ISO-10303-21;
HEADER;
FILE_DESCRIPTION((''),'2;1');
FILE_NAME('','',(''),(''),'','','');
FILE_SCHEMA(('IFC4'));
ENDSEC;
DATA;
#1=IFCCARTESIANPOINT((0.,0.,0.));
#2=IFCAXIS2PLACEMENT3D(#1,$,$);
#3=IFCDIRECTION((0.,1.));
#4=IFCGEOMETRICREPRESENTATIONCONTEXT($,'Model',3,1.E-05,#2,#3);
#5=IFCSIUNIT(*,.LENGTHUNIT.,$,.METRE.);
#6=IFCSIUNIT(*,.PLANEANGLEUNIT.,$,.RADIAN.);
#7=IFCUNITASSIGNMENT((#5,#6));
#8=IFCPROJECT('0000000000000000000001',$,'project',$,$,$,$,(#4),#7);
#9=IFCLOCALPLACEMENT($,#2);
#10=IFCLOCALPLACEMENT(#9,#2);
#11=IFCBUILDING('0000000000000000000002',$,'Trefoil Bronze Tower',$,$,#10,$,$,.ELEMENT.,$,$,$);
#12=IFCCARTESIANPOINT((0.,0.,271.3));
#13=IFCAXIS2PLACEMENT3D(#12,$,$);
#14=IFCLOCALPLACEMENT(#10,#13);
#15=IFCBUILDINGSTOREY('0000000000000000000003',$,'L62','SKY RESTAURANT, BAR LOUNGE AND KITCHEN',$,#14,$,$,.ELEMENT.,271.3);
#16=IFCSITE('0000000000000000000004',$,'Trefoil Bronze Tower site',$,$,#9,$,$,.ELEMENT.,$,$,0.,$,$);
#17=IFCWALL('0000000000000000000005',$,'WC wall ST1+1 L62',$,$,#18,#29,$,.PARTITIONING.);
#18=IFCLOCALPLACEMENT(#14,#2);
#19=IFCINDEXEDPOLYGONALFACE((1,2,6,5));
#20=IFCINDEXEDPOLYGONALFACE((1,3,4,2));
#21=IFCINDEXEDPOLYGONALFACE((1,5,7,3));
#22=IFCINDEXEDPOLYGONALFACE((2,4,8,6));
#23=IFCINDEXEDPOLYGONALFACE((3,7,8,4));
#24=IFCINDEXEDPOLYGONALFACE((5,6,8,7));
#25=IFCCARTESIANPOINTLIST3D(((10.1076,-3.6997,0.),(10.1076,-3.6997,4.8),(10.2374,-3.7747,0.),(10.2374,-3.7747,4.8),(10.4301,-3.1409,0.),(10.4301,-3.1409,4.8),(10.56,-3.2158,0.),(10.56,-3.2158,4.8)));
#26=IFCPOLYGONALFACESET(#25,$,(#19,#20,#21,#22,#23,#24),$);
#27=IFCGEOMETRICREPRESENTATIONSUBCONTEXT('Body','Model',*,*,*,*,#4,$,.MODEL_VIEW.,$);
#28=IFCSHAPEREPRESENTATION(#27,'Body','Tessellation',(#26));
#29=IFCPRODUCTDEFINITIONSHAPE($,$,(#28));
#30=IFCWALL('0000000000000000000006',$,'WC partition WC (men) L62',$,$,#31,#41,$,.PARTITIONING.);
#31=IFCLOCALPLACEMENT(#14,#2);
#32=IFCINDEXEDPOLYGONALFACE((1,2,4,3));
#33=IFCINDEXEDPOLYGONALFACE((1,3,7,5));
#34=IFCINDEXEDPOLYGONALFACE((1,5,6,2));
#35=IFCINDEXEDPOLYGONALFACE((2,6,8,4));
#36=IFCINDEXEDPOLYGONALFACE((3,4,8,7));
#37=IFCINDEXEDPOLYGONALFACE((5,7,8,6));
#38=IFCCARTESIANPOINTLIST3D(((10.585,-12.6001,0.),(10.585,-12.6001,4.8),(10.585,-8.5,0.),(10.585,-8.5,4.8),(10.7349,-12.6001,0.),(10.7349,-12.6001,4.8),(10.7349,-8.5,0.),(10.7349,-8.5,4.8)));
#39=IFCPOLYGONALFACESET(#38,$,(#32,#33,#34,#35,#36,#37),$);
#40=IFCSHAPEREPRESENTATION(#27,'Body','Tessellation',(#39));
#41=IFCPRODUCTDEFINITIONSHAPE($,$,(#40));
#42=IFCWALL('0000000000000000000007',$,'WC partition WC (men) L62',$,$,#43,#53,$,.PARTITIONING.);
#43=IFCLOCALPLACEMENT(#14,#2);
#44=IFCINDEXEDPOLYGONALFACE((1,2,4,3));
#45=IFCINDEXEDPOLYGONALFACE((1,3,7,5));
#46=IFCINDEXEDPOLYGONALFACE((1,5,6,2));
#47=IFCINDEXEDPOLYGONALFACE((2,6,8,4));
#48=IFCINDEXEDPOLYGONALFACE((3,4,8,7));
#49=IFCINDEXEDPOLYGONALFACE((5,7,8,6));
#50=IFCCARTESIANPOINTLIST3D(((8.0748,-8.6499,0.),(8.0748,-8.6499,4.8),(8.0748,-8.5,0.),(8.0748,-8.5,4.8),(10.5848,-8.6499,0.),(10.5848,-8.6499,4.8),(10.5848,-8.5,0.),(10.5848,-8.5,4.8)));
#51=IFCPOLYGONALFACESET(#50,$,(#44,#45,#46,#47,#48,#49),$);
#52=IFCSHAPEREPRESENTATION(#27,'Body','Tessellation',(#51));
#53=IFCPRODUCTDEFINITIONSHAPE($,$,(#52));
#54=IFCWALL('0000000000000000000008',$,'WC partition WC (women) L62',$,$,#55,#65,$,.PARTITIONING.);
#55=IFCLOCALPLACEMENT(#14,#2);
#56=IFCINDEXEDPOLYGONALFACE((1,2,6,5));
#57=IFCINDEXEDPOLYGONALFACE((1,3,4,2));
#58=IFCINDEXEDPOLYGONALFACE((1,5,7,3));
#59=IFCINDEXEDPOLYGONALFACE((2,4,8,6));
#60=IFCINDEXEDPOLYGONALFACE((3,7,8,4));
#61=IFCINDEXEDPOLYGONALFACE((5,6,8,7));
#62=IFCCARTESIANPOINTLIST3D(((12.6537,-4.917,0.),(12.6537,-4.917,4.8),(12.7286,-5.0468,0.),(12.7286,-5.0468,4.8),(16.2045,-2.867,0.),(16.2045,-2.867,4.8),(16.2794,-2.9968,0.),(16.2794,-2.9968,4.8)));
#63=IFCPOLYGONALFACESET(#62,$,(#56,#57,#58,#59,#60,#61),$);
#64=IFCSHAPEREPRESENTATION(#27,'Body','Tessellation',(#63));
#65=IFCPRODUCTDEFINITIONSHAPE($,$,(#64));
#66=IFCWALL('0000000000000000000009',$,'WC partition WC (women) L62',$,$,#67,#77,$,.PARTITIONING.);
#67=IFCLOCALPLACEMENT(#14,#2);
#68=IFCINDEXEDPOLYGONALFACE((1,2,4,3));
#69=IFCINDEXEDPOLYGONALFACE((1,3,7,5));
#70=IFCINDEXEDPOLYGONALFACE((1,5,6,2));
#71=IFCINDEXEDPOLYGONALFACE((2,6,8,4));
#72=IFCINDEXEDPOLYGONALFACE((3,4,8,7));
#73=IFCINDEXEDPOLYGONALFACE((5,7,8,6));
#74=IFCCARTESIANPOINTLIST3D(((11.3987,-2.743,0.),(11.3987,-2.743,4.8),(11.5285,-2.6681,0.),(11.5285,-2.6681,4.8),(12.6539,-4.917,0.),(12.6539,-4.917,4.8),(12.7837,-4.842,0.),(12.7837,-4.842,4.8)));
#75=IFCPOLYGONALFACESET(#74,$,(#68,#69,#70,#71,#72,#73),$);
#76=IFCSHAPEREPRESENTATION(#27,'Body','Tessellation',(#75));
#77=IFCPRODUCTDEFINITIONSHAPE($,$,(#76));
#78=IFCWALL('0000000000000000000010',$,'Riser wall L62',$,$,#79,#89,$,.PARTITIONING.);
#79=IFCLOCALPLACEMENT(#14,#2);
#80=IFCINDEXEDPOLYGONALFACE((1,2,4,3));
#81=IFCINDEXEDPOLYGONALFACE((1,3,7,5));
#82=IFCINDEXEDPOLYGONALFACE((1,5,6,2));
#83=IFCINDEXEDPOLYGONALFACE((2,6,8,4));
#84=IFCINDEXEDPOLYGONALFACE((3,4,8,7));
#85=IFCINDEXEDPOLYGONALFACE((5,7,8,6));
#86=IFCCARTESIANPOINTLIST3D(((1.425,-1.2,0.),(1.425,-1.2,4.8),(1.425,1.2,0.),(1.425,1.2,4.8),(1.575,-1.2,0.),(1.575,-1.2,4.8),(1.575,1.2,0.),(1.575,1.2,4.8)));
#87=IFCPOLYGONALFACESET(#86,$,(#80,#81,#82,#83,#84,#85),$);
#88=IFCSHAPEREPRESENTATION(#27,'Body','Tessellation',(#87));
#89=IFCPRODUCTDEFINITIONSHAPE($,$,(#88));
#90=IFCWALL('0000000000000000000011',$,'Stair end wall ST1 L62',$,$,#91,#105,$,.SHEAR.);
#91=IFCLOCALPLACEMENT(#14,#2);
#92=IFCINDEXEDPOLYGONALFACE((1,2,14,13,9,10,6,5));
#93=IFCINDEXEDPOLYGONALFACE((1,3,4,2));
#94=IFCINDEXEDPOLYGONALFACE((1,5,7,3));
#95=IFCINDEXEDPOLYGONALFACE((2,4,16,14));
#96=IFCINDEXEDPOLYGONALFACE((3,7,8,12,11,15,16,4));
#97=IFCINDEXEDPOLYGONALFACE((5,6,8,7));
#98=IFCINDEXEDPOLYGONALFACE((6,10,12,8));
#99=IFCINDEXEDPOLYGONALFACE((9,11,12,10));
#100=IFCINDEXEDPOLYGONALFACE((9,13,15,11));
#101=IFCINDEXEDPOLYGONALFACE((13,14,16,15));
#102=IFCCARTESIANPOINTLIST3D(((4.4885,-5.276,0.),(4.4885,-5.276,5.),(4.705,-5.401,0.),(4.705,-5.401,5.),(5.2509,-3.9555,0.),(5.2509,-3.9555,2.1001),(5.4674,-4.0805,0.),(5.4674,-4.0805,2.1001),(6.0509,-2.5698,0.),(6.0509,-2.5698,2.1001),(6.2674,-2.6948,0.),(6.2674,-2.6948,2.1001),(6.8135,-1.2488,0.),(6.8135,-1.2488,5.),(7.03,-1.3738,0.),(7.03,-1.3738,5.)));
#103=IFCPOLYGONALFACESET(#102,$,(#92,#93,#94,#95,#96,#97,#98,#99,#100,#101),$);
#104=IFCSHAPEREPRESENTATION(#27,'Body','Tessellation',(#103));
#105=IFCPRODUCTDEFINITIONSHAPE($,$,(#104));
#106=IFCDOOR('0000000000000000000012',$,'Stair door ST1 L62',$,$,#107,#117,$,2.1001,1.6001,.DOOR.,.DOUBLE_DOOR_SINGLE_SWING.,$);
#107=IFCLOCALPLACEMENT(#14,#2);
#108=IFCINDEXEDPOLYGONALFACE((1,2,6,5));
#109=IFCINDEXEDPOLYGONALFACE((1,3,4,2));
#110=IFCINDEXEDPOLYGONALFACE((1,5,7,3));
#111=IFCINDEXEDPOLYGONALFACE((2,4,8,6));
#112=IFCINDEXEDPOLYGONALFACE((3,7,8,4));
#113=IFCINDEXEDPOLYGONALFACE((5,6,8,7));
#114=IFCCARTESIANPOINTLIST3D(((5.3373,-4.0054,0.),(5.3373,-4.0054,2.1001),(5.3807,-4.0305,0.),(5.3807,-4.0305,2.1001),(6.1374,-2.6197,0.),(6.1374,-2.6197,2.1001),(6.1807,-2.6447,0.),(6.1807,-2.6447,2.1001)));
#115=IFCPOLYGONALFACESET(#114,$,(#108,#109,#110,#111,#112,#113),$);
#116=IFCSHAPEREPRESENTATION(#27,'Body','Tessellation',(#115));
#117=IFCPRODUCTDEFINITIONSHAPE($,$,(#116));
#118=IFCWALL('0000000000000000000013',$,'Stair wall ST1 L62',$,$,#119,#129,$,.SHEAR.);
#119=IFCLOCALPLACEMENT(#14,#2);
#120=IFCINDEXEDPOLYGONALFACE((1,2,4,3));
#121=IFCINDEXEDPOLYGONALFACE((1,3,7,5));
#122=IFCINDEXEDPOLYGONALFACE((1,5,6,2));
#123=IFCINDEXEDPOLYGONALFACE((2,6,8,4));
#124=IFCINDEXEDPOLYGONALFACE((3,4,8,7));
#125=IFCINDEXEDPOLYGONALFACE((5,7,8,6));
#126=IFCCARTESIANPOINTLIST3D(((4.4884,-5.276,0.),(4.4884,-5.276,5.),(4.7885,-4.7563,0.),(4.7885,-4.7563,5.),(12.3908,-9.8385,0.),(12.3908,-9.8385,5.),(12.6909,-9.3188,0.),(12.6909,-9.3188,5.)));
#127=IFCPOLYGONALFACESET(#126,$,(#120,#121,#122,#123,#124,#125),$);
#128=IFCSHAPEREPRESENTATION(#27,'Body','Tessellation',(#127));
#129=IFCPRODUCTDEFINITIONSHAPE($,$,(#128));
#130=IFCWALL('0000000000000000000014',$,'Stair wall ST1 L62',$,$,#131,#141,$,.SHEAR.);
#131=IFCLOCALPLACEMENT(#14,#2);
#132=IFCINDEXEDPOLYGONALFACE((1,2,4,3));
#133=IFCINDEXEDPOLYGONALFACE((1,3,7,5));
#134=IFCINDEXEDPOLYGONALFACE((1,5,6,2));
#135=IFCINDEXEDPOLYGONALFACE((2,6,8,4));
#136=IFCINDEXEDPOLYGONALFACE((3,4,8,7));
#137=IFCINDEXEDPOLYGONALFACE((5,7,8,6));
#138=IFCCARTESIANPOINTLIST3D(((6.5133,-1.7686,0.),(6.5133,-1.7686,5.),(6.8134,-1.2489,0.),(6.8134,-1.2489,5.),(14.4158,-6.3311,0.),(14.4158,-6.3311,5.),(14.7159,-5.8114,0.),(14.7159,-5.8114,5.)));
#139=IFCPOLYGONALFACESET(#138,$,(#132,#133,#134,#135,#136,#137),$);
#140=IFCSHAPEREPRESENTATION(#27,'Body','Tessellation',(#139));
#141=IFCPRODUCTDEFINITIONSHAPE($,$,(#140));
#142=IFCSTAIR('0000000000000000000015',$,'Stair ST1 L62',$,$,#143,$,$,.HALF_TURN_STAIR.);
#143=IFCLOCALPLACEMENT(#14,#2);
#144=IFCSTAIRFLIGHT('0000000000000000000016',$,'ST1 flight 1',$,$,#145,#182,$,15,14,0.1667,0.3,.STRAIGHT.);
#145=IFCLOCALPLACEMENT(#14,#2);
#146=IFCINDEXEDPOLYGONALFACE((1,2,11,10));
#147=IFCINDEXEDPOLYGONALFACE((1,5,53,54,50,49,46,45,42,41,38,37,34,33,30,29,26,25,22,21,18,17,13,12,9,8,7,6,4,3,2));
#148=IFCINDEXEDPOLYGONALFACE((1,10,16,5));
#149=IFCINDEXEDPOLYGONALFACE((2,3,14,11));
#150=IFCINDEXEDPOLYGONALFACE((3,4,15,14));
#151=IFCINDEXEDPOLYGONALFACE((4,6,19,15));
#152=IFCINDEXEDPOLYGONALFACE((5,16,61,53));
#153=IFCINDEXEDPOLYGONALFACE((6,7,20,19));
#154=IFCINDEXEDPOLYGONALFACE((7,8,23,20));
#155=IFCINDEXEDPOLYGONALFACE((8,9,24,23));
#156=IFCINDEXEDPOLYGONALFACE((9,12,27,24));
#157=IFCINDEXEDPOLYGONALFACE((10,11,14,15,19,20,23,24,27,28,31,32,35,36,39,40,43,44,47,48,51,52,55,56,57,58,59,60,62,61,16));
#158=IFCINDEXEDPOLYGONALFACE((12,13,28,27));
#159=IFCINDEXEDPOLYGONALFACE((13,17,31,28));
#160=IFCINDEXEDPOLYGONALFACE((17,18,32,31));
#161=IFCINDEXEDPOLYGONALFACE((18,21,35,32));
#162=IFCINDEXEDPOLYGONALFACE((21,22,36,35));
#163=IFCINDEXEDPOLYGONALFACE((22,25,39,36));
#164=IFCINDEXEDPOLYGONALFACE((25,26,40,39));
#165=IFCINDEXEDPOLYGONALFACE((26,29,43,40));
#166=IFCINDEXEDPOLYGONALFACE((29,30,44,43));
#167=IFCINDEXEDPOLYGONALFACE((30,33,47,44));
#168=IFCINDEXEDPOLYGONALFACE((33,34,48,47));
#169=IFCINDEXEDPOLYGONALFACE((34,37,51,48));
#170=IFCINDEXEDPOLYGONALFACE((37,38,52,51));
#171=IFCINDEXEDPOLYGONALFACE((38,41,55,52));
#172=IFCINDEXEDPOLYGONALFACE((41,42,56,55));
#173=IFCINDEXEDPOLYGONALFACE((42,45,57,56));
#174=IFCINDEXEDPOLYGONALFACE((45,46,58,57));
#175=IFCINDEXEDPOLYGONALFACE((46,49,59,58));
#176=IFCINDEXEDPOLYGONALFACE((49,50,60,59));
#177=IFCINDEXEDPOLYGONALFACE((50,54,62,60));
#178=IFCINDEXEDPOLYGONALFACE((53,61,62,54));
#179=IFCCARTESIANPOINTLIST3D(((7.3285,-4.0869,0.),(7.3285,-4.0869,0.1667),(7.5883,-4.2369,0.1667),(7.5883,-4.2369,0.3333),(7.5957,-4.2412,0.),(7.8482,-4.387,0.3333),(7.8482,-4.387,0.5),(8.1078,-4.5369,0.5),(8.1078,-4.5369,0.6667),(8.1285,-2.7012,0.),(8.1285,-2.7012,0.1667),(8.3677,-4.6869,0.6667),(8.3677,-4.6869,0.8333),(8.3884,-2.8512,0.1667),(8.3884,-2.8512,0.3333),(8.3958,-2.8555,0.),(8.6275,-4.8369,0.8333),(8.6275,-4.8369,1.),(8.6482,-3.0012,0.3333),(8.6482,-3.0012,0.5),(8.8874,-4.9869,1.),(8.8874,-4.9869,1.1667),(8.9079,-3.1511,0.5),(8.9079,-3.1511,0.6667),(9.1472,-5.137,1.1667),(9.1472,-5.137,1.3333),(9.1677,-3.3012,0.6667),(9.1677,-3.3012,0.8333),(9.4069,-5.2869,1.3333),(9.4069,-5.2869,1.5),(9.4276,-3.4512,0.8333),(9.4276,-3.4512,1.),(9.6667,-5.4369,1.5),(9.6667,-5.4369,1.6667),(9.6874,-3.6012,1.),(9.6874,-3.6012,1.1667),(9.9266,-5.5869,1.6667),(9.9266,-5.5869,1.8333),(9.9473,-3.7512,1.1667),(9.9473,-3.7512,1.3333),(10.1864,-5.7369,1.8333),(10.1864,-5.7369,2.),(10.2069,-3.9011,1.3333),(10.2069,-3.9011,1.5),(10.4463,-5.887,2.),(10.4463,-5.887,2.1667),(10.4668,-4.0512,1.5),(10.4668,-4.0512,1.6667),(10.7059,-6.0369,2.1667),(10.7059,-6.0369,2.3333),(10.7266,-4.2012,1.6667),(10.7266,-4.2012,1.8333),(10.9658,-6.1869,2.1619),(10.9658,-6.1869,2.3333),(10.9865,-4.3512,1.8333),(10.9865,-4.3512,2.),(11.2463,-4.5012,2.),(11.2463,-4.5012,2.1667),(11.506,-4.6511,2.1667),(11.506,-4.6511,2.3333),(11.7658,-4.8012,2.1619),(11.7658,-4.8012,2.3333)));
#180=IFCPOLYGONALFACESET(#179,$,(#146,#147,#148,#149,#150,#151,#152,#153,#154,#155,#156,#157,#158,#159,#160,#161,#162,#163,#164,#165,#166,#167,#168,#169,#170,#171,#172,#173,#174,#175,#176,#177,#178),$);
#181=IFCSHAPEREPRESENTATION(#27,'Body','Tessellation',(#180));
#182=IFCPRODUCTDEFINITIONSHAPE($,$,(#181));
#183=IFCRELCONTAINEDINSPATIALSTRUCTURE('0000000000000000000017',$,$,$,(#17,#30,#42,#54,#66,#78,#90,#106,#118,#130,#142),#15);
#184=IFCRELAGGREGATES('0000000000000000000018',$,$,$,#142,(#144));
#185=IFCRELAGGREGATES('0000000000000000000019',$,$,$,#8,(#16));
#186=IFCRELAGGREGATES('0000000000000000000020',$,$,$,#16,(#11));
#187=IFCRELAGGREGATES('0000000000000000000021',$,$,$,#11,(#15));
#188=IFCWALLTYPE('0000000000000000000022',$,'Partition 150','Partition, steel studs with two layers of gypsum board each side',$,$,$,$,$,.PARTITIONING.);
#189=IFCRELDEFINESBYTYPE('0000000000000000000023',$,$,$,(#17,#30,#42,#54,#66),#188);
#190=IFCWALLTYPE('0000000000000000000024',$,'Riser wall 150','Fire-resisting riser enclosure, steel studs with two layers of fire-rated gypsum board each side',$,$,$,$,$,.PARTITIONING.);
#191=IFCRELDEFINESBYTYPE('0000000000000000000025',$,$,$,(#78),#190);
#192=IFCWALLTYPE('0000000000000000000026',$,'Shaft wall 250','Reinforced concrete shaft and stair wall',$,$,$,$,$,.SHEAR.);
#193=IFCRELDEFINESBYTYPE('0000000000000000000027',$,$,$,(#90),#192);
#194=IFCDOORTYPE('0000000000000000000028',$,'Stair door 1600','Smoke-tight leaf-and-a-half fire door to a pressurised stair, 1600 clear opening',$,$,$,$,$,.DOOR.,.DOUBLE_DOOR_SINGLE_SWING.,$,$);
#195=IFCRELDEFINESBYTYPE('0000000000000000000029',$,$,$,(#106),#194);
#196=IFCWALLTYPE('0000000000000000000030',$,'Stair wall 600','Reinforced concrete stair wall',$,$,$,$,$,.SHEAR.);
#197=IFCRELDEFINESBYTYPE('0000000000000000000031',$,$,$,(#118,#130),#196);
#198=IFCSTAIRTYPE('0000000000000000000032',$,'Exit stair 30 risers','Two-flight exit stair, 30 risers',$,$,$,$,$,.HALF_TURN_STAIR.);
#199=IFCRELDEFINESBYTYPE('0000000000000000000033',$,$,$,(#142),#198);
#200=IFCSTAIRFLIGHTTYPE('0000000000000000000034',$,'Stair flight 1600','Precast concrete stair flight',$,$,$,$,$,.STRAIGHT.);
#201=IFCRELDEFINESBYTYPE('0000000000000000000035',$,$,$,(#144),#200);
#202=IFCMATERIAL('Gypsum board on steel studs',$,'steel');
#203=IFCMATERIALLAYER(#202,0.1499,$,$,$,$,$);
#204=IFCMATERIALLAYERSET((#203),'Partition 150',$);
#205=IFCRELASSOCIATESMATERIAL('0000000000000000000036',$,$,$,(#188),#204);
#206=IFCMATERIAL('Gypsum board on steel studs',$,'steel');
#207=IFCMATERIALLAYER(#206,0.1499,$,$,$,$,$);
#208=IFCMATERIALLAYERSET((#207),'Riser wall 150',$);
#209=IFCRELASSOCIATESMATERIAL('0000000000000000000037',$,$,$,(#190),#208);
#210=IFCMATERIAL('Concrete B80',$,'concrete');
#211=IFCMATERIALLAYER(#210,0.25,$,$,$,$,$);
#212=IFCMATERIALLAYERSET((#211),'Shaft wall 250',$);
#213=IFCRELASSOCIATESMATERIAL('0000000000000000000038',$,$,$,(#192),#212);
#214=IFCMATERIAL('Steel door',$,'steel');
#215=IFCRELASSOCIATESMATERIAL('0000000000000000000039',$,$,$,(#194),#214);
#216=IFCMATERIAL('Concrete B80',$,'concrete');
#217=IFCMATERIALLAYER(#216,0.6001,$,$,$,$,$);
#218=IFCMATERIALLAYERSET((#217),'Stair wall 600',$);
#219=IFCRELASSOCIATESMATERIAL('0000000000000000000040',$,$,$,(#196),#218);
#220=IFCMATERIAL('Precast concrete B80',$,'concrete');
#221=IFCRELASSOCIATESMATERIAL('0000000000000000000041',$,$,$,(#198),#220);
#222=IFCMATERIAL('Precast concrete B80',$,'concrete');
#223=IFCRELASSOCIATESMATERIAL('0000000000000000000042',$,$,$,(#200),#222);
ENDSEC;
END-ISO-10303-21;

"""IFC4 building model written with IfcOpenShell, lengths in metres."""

from ifc_helpers import new_model, si_unit, direction, frame, frame_2d, origin, place, context, subcontext, project, spatial, polyline, rectangle, outline, extrude, material, layer, layer_set, type_object, element, fill, aggregate, save


model = new_model("IFC4")

# Units and contexts
model_context = context("Model", 3, precision=1e-05, world=origin(), true_north=direction((0.0, 1.0)))
body_context = subcontext(model_context, "Body", "Model", "MODEL_VIEW")
ifc_project = project(units=[si_unit("LENGTHUNIT", "METRE"), si_unit("PLANEANGLEUNIT", "RADIAN")], contexts=[model_context])

# Site, building, storey
site_placement = place(None, origin())
site = spatial("IfcSite", under=ifc_project, at=site_placement, Name="Trefoil Bronze Tower site", CompositionType="ELEMENT", RefElevation=0.0)
building_placement = place(site_placement, origin())
building = spatial("IfcBuilding", under=site, at=building_placement, Name="Trefoil Bronze Tower", CompositionType="ELEMENT")
storey_placement = place(building_placement, frame((0.0, 0.0, 271.3)))
storey = spatial("IfcBuildingStorey", under=building, at=storey_placement, Name="L62", Description="SKY RESTAURANT, BAR LOUNGE AND KITCHEN", CompositionType="ELEMENT", Elevation=271.3)

# Shared definitions
ifc_material_1 = material(Name="Gypsum board on steel studs", Category="steel")
ifc_layer_1 = layer(ifc_material_1, 0.1499)
ifc_layer_set_1 = layer_set([ifc_layer_1], Name="Partition 150")
wall_type_1 = type_object("IfcWallType", Name="Partition 150", Description="Partition, steel studs with two layers of gypsum board each side", PredefinedType="PARTITIONING", material=ifc_layer_set_1)

# Walls
for number, where, z_axis, x_axis, name in (
    (1, (10.4951, -3.1782, 0.0), (0.0, 0.0, 1.0), (-0.499843, -0.866116, 0.0), "WC wall ST1+1 L62"),
):
    element("IfcWall", number, at=place(storey_placement, frame(where, z_axis=z_axis, x_axis=x_axis)), inside=storey, type_object=wall_type_1, Name=name, PredefinedType="PARTITIONING", context=body_context, shape_type="SweptSolid", body=[
        extrude(rectangle(XDim=0.6453, YDim=0.1499, at=frame_2d((0.3228, 0.0))), origin(), (0.0, 0.0, 1.0), 4.8),
    ])
wall_1_placement = place(storey_placement, frame((10.6599, -8.5, 0.0), z_axis=(0.0, 0.0, 1.0), x_axis=(0.0, -1.0, 0.0)))
element("IfcWall", 2, at=wall_1_placement, inside=storey, type_object=wall_type_1, Name="WC partition WC (men) L62", PredefinedType="PARTITIONING", context=body_context, shape_type="SweptSolid", body=[
    extrude(rectangle(XDim=4.1001, YDim=0.1499, at=frame_2d((2.05, 0.0))), origin(), (0.0, 0.0, 1.0), 4.8),
])
wall_2_placement = place(storey_placement, frame((8.075, -8.575, 0.0), z_axis=(0.0, 0.0, 1.0), x_axis=(1.0, 0.0, 0.0)))
element("IfcWall", 3, at=wall_2_placement, inside=storey, type_object=wall_type_1, Name="WC partition WC (men) L62", PredefinedType="PARTITIONING", context=body_context, shape_type="SweptSolid", body=[
    extrude(rectangle(XDim=2.51, YDim=0.1499, at=frame_2d((1.2549, 0.0))), origin(), (0.0, 0.0, 1.0), 4.8),
])
wall_3_placement = place(storey_placement, frame((12.6912, -4.9819, 0.0), z_axis=(0.0, 0.0, 1.0), x_axis=(0.866025, 0.500001, 0.0)))
element("IfcWall", 4, at=wall_3_placement, inside=storey, type_object=wall_type_1, Name="WC partition WC (women) L62", PredefinedType="PARTITIONING", context=body_context, shape_type="SweptSolid", body=[
    extrude(rectangle(XDim=4.1001, YDim=0.1499, at=frame_2d((2.05, 0.0))), origin(), (0.0, 0.0, 1.0), 4.8),
])
wall_4_placement = place(storey_placement, frame((11.4636, -2.7056, 0.0), z_axis=(0.0, 0.0, 1.0), x_axis=(0.50002, -0.866014, 0.0)))
element("IfcWall", 5, at=wall_4_placement, inside=storey, type_object=wall_type_1, Name="WC partition WC (women) L62", PredefinedType="PARTITIONING", context=body_context, shape_type="SweptSolid", body=[
    extrude(rectangle(XDim=2.5103, YDim=0.1499, at=frame_2d((1.2551, 0.0))), origin(), (0.0, 0.0, 1.0), 4.8),
])
ifc_material_2 = material(Name="Gypsum board on steel studs", Category="steel")
ifc_layer_2 = layer(ifc_material_2, 0.1499)
ifc_layer_set_2 = layer_set([ifc_layer_2], Name="Riser wall 150")
wall_type_2 = type_object("IfcWallType", Name="Riser wall 150", Description="Fire-resisting riser enclosure, steel studs with two layers of fire-rated gypsum board each side", PredefinedType="PARTITIONING", material=ifc_layer_set_2)
wall_5_placement = place(storey_placement, frame((1.5, -1.2, 0.0), z_axis=(0.0, 0.0, 1.0), x_axis=(0.0, 1.0, 0.0)))
element("IfcWall", 6, at=wall_5_placement, inside=storey, type_object=wall_type_2, Name="Riser wall L62", PredefinedType="PARTITIONING", context=body_context, shape_type="SweptSolid", body=[
    extrude(rectangle(XDim=2.3999, YDim=0.1499, at=frame_2d((1.2, 0.0))), origin(), (0.0, 0.0, 1.0), 4.8),
])

# Wall, opening, door
ifc_material_3 = material(Name="Concrete B80", Category="concrete")
ifc_layer_3 = layer(ifc_material_3, 0.25)
ifc_layer_set_3 = layer_set([ifc_layer_3], Name="Shaft wall 250")
wall_type_3 = type_object("IfcWallType", Name="Shaft wall 250", Description="Reinforced concrete shaft and stair wall", PredefinedType="SHEAR", material=ifc_layer_set_3)
wall_6_placement = place(storey_placement, frame((4.5967, -5.3386, 0.0), z_axis=(0.0, 0.0, 1.0), x_axis=(0.499985, 0.866034, 0.0)))
wall_6 = element("IfcWall", 7, at=wall_6_placement, inside=storey, type_object=wall_type_3, Name="Stair end wall ST1 L62", PredefinedType="SHEAR", context=body_context, shape_type="SweptSolid", body=[
    extrude(rectangle(XDim=4.6501, YDim=0.25, at=frame_2d((2.3252, 0.0))), origin(), (0.0, 0.0, 1.0), 5.0),
])
opening_1_placement = place(wall_6_placement, frame((1.5249, 0.0, 0.0)))
opening_1 = element("IfcOpeningElement", 8, at=opening_1_placement, cuts=wall_6, PredefinedType="OPENING", context=body_context, shape_type="SweptSolid", body=[
    extrude(rectangle(XDim=1.6001, YDim=2.1001, at=frame_2d((0.8, 1.05))), frame((0.0, 0.135, 0.0), z_axis=(0.0, -1.0, 0.0), x_axis=(1.0, 0.0, 0.0)), (0.0, 0.0, 1.0), 0.27),
])
ifc_material_4 = material(Name="Steel door", Category="steel")
door_type_1 = type_object("IfcDoorType", Name="Stair door 1600", Description="Smoke-tight leaf-and-a-half fire door to a pressurised stair, 1600 clear opening", OperationType="DOUBLE_DOOR_SINGLE_SWING", PredefinedType="DOOR", material=ifc_material_4)
door_1_placement = place(opening_1_placement, frame((1.6001, 0.0, 0.0), z_axis=(0.0, 0.0, 1.0), x_axis=(-1.0, 0.0, 0.0)))
door_1 = element("IfcDoor", 9, at=door_1_placement, inside=storey, type_object=door_type_1, Name="Stair door ST1 L62", OperationType="DOUBLE_DOOR_SINGLE_SWING", OverallHeight=2.1001, OverallWidth=1.6001, PredefinedType="DOOR", context=body_context, shape_type="SweptSolid", body=[
    extrude(rectangle(XDim=1.6001, YDim=2.1001, at=frame_2d((0.8, 1.05))), frame((0.0, 0.0249, 0.0), z_axis=(0.0, -1.0, 0.0), x_axis=(1.0, 0.0, 0.0)), (0.0, 0.0, 1.0), 0.05),
])
fill(opening_1, door_1)

# Walls
ifc_material_5 = material(Name="Concrete B80", Category="concrete")
ifc_layer_4 = layer(ifc_material_5, 0.6001)
ifc_layer_set_4 = layer_set([ifc_layer_4], Name="Stair wall 600")
wall_type_4 = type_object("IfcWallType", Name="Stair wall 600", Description="Reinforced concrete stair wall", PredefinedType="SHEAR", material=ifc_layer_set_4)
for number, where, z_axis, x_axis, name in (
    (10, (4.6384, -5.0161, 0.0), (0.0, 0.0, 1.0), (0.866022, -0.500007, 0.0), "Stair wall ST1 L62"),
    (11, (6.6633, -1.5088, 0.0), (0.0, 0.0, 1.0), (0.866028, -0.499995, 0.0), "Stair wall ST1 L62"),
):
    element("IfcWall", number, at=place(storey_placement, frame(where, z_axis=z_axis, x_axis=x_axis)), inside=storey, type_object=wall_type_4, Name=name, PredefinedType="SHEAR", context=body_context, shape_type="SweptSolid", body=[
        extrude(rectangle(XDim=9.125, YDim=0.6001, at=frame_2d((4.5625, 0.0))), origin(), (0.0, 0.0, 1.0), 5.0),
    ])

# Stair, stair flight
ifc_material_6 = material(Name="Precast concrete B80", Category="concrete")
stair_type = type_object("IfcStairType", Name="Exit stair 30 risers", Description="Two-flight exit stair, 30 risers", PredefinedType="HALF_TURN_STAIR", material=ifc_material_6)
stair_placement = place(storey_placement, origin())
stair = element("IfcStair", 12, at=stair_placement, inside=storey, type_object=stair_type, Name="Stair ST1 L62", PredefinedType="HALF_TURN_STAIR")
ifc_material_7 = material(Name="Precast concrete B80", Category="concrete")
stair_flight_type = type_object("IfcStairFlightType", Name="Stair flight 1600", Description="Precast concrete stair flight", PredefinedType="STRAIGHT", material=ifc_material_7)
stair_flight_1_placement = place(storey_placement, frame((7.7285, -3.394, 0.0), z_axis=(0.0, 0.0, 1.0), x_axis=(0.866025, -0.5, 0.0)))
stair_flight_1 = element("IfcStairFlight", 13, at=stair_flight_1_placement, type_object=stair_flight_type, Name="ST1 flight 1", NumberOfRisers=15, NumberOfTreads=14, PredefinedType="STRAIGHT", RiserHeight=0.1667, TreadLength=0.3, context=body_context, shape_type="SweptSolid", body=[
    extrude(outline(polyline([(0.0, 0.0), (0.0, 0.1667), (0.3, 0.1667), (0.3, 0.3333), (0.6001, 0.3333), (0.6001, 0.5), (0.8999, 0.5), (0.8999, 0.6667), (1.2, 0.6667), (1.2, 0.8333), (1.5, 0.8333), (1.5, 1.0), (1.8, 1.0), (1.8, 1.1667), (2.1001, 1.1667), (2.1001, 1.3333), (2.3999, 1.3333), (2.3999, 1.5), (2.7, 1.5), (2.7, 1.6667), (3.0, 1.6667), (3.0, 1.8333), (3.3, 1.8333), (3.3, 2.0), (3.6001, 2.0), (3.6001, 2.1667), (3.8999, 2.1667), (3.8999, 2.3333), (4.2, 2.3333), (4.2, 2.5), (4.2, 2.1619), (0.3086, 0.0), (0.0, 0.0)])), frame((0.0, 0.8, 0.0), z_axis=(0.0, -1.0, 0.0), x_axis=(1.0, 0.0, 0.0)), (0.0, 0.0, 1.0), 1.6001),
])
aggregate(stair, [stair_flight_1])

save(model, "model.ifc")
